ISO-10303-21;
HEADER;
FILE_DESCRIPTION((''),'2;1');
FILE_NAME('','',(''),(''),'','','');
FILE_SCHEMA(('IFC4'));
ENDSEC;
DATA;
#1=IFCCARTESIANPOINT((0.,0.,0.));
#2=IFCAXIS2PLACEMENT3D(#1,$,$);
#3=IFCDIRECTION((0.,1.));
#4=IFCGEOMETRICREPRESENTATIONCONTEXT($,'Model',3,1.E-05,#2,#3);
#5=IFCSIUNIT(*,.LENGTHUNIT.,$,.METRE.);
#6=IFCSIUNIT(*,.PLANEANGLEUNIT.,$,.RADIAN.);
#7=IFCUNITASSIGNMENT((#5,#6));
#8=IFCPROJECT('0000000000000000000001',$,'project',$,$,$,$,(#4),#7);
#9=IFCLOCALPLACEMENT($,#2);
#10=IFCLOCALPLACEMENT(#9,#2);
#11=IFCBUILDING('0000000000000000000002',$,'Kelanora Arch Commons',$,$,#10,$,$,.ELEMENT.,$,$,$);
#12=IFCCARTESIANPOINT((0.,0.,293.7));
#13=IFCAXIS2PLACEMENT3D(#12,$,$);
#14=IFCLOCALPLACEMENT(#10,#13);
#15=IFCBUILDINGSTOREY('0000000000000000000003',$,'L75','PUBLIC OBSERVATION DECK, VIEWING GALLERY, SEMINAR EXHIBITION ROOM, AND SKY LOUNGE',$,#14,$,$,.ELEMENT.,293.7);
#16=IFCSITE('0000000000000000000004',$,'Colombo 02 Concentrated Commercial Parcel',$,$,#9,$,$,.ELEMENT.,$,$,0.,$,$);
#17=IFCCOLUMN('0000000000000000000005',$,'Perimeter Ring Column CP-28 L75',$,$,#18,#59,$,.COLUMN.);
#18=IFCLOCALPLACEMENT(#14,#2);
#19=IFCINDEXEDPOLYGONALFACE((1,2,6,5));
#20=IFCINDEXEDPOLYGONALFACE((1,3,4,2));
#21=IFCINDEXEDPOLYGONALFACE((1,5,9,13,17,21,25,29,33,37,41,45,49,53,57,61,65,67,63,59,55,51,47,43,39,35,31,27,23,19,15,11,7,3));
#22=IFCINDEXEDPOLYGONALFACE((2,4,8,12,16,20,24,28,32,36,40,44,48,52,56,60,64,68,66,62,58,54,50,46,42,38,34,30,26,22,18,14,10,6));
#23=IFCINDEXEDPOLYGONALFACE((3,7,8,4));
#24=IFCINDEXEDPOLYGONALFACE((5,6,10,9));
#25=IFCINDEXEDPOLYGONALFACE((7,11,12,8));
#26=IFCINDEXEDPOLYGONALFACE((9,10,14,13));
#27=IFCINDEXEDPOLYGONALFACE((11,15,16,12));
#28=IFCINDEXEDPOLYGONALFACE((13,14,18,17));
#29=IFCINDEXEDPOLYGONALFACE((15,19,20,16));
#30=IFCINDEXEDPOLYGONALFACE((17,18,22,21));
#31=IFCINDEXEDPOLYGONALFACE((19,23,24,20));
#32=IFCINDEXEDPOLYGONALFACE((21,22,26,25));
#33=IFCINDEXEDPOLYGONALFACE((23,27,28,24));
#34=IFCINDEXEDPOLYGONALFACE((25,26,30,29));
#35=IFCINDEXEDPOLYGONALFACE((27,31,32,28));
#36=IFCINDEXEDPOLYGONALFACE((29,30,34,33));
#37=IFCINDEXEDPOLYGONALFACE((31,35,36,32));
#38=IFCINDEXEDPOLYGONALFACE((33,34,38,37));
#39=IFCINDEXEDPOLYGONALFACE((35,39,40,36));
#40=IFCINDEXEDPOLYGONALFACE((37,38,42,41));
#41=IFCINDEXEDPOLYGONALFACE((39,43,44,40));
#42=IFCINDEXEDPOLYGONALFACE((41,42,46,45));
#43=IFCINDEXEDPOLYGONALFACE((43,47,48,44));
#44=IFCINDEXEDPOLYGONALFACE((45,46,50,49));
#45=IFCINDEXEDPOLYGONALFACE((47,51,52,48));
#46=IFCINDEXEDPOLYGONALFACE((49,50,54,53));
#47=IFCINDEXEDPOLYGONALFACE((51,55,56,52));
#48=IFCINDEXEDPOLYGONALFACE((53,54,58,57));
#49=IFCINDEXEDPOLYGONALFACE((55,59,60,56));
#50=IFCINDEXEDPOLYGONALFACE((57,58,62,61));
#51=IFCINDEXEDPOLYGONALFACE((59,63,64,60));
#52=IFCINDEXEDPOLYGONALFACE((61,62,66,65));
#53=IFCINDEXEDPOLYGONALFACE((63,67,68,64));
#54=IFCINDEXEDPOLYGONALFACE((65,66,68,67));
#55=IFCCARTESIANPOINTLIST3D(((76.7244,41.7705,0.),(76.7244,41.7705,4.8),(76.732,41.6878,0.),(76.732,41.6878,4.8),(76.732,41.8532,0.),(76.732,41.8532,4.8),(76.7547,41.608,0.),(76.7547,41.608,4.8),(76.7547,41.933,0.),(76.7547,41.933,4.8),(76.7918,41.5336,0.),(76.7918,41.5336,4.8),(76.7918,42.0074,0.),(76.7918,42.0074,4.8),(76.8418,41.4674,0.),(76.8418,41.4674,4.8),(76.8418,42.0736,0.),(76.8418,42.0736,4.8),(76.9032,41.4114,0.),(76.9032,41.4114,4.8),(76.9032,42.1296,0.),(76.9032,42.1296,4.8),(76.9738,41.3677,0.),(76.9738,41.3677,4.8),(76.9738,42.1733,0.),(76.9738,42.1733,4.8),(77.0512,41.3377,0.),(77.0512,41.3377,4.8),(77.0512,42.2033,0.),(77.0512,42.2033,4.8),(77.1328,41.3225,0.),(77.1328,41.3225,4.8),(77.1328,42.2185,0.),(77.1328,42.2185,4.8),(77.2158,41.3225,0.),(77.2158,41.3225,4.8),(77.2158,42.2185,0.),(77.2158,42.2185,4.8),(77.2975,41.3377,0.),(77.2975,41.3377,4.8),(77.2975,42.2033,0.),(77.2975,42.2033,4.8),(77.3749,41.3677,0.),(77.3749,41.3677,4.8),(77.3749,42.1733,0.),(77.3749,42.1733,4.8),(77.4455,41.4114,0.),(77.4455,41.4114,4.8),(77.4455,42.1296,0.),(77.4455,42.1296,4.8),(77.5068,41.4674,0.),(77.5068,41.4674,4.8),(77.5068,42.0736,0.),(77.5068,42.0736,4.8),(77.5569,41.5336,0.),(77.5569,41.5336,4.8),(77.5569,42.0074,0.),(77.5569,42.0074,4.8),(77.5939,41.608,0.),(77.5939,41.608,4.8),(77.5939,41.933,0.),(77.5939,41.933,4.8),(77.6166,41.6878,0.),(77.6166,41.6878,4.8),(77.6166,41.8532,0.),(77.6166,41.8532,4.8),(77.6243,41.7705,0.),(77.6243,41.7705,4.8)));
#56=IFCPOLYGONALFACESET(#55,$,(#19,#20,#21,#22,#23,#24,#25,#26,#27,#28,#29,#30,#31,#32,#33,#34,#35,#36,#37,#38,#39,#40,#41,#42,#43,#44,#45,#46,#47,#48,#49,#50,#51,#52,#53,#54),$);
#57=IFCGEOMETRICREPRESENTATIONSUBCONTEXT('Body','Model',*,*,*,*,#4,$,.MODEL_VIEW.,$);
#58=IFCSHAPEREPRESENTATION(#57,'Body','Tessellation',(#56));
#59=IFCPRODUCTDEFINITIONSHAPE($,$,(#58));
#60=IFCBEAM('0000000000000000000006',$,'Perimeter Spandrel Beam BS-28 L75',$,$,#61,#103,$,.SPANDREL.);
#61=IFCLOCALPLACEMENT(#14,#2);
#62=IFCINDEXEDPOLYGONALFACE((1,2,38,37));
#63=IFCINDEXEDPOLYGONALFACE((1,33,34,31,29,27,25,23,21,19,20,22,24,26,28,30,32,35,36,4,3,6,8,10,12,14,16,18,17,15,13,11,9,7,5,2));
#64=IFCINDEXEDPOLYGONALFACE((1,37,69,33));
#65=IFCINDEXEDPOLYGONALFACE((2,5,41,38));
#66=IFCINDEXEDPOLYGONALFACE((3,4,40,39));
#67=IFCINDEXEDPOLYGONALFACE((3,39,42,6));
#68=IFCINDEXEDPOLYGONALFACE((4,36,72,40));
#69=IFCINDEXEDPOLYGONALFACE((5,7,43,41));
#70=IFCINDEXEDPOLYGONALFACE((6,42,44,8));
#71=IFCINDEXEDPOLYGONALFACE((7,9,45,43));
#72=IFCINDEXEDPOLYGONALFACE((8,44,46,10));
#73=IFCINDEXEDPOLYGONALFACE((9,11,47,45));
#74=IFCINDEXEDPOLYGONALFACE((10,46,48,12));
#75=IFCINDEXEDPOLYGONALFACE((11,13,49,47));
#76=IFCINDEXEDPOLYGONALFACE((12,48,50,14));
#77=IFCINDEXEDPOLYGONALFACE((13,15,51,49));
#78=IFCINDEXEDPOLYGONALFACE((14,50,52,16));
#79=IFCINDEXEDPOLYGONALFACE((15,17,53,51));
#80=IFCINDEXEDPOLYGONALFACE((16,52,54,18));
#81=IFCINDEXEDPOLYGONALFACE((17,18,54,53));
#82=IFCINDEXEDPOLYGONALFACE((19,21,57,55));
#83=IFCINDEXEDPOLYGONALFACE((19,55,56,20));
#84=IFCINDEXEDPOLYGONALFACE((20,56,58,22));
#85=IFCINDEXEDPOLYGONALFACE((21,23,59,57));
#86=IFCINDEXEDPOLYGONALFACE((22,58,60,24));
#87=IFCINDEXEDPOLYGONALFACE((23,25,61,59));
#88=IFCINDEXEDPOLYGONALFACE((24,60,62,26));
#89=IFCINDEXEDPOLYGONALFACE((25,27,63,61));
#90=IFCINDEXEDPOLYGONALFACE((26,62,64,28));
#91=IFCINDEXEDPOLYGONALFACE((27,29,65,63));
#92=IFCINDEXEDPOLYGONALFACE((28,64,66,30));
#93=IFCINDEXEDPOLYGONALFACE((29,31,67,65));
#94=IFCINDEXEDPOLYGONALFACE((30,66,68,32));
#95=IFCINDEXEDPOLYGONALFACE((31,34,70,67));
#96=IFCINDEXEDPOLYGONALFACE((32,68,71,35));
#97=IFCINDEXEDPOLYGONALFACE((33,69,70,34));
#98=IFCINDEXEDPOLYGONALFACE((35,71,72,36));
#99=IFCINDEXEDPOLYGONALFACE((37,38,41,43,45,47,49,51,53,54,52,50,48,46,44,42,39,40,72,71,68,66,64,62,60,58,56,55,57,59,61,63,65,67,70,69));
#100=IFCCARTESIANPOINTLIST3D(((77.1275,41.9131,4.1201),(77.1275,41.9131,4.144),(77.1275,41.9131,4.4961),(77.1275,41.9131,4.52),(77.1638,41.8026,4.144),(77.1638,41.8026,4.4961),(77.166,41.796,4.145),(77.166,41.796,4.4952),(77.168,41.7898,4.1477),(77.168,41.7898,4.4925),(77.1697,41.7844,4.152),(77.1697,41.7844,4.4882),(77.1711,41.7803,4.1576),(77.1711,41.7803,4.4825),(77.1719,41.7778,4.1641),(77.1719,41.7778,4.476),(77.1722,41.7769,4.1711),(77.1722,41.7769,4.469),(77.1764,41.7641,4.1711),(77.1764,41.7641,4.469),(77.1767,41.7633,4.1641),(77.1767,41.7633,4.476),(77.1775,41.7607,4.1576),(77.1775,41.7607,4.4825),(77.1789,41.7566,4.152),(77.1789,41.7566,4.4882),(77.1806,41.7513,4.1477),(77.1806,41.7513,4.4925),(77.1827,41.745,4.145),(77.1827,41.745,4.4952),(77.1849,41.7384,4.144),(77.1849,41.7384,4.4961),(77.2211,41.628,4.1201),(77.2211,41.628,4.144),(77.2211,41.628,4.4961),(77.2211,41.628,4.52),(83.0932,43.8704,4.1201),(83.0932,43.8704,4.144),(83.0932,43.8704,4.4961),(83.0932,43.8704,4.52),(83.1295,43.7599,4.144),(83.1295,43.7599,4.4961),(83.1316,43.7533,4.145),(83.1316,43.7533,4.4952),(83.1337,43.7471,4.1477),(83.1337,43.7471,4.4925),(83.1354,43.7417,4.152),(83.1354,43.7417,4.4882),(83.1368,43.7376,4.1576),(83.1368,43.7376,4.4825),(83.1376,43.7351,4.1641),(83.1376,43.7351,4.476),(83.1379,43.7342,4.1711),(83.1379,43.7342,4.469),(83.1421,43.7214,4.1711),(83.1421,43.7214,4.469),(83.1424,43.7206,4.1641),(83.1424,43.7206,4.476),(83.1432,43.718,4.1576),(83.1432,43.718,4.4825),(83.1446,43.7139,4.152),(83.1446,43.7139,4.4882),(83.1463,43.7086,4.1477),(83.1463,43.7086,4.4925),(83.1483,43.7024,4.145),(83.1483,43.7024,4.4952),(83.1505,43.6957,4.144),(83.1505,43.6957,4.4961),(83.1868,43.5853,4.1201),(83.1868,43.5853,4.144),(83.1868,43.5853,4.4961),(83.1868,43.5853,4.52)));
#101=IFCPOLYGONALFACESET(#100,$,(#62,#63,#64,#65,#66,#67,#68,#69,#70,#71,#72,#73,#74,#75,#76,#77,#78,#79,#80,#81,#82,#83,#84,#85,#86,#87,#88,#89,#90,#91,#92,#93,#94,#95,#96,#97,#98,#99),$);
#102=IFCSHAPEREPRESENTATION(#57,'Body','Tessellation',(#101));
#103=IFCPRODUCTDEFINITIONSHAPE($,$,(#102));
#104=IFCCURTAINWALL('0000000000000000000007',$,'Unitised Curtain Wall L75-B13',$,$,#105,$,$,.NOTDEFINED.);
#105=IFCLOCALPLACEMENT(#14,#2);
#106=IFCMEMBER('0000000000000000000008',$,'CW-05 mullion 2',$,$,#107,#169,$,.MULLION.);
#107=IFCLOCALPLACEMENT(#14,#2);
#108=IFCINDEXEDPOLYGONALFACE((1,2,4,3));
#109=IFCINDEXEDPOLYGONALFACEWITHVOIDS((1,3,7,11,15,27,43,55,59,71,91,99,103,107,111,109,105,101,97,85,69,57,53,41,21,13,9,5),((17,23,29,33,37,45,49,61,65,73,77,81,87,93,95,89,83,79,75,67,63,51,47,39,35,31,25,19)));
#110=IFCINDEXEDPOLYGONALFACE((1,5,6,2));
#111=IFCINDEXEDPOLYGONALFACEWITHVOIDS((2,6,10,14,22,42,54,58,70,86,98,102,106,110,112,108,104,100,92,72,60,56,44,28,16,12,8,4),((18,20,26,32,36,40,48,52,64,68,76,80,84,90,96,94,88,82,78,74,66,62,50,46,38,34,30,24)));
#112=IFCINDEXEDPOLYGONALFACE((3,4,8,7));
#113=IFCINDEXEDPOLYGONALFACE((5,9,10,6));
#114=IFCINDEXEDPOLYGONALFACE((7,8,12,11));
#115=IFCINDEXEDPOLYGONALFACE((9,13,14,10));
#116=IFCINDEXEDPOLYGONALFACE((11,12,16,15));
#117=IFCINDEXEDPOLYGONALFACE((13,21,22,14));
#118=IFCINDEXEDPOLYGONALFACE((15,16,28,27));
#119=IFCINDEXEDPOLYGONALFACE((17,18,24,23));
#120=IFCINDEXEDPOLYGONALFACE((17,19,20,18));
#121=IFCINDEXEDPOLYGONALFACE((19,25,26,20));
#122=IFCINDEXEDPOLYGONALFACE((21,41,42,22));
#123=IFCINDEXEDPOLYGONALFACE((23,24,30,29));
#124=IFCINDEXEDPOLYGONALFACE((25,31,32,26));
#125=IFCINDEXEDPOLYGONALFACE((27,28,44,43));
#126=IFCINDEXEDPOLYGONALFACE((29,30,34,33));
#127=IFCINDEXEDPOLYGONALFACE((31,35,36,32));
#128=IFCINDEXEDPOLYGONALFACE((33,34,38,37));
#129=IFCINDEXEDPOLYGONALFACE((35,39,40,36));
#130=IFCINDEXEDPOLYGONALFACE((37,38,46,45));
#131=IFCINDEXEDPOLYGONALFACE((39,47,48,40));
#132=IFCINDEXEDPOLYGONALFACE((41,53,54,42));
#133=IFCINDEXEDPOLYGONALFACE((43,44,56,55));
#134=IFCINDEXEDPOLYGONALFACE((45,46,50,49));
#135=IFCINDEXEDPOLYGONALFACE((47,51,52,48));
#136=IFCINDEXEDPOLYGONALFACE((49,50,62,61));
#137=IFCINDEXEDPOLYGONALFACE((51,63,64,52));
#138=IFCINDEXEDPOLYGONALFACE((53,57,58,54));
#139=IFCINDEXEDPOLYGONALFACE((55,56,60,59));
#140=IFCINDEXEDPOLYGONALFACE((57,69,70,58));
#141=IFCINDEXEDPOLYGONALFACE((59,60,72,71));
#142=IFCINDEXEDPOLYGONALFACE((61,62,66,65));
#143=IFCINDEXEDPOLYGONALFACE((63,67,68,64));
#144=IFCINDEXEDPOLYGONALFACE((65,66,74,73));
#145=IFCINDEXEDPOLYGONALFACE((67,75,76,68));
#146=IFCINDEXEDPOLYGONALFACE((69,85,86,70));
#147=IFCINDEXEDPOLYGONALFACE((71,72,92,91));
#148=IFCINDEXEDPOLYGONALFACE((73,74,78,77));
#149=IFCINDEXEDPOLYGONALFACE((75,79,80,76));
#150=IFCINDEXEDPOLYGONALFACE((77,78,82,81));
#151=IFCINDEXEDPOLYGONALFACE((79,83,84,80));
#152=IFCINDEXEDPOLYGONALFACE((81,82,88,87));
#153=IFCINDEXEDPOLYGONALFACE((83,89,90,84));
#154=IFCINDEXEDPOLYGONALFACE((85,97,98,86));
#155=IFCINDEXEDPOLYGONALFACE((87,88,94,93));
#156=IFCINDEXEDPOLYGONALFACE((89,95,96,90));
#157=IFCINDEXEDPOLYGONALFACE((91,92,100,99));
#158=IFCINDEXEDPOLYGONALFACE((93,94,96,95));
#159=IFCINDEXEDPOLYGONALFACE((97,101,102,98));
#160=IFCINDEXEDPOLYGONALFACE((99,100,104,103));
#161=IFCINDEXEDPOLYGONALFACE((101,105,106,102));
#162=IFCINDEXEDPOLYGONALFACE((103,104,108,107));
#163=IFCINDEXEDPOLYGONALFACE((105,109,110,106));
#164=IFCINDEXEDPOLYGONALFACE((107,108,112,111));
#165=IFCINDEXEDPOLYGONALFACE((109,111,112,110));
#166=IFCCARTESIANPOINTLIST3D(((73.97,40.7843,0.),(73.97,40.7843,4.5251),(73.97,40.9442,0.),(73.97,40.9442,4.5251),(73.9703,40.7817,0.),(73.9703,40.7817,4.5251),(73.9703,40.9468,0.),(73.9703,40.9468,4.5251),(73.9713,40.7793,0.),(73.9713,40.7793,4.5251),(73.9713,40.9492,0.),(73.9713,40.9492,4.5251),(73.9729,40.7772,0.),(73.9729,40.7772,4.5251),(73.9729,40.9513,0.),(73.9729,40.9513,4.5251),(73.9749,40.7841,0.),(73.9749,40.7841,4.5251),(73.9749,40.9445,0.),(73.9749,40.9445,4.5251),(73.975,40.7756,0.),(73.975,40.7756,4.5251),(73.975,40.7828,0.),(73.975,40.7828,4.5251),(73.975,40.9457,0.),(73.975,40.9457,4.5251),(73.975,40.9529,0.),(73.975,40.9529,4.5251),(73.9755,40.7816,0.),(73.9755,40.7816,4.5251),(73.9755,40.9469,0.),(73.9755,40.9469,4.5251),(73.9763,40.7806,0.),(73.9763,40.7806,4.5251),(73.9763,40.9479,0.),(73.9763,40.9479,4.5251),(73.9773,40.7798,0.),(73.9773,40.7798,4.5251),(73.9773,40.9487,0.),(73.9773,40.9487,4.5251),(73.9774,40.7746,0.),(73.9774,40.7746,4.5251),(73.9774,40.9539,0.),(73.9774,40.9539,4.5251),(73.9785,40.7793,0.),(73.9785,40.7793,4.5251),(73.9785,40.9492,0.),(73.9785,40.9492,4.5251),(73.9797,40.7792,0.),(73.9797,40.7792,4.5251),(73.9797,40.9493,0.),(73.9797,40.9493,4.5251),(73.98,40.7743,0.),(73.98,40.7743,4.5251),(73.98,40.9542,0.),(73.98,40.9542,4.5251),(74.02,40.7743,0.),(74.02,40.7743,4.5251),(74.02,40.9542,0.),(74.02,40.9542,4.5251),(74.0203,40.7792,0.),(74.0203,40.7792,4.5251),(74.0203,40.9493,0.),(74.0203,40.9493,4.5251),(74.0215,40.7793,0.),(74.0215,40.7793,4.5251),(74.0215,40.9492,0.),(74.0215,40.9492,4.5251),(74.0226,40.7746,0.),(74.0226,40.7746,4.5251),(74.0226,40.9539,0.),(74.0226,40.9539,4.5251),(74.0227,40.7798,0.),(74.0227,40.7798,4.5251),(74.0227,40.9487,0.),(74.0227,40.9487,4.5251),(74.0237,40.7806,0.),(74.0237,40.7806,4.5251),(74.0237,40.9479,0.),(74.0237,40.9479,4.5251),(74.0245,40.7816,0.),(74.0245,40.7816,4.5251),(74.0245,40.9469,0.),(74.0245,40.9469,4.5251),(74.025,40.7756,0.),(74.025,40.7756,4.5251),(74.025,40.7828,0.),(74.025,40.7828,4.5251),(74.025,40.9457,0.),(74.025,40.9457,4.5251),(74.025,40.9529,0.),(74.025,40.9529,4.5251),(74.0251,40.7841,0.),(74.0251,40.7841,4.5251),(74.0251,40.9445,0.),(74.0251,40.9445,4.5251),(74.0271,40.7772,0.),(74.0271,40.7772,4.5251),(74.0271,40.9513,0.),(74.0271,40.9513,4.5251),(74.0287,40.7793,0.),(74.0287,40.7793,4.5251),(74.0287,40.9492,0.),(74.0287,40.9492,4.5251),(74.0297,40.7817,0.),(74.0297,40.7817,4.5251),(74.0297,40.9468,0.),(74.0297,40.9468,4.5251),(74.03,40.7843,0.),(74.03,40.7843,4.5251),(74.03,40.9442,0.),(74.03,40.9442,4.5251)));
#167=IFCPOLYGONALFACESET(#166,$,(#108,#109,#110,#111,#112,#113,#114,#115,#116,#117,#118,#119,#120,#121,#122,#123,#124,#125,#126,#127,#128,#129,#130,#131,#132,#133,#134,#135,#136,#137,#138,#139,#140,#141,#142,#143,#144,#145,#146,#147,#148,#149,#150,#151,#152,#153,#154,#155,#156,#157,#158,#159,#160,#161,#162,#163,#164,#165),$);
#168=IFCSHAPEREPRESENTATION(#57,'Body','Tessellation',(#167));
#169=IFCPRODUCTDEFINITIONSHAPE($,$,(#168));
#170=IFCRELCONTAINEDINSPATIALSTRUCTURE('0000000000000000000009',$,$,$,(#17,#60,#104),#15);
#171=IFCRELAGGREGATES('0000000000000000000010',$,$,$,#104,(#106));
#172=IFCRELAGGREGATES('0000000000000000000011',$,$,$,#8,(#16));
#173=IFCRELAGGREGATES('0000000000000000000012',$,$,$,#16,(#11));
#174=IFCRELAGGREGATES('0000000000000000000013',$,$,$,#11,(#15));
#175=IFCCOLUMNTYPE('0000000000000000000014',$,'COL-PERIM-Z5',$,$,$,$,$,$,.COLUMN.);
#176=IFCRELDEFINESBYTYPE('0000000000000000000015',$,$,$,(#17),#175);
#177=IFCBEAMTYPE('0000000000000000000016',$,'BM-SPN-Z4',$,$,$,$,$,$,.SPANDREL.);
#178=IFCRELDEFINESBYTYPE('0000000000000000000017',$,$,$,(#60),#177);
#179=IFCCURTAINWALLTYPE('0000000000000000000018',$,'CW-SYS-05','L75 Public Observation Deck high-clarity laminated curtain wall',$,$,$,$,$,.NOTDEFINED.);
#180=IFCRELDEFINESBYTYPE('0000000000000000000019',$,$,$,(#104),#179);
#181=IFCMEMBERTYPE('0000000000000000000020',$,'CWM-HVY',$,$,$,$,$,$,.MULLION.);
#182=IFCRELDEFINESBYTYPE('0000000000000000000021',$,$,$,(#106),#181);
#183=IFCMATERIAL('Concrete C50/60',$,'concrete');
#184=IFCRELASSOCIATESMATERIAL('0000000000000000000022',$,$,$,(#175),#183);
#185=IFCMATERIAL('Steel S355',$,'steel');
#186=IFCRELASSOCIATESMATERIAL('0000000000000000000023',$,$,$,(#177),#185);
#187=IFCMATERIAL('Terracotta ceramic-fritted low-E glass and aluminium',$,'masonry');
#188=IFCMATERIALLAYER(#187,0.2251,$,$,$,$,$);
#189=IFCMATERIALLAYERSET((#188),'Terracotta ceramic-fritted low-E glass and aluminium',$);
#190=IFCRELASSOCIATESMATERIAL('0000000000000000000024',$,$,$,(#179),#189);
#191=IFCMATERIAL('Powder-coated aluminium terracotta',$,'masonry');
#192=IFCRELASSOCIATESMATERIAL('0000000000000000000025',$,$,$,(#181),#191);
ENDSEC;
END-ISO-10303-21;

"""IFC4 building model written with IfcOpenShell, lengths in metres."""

from ifc_helpers import new_model, si_unit, direction, frame, origin, origin_2d, place, context, subcontext, project, spatial, hollow_rectangle, circle, i_section, extrude, material, layer, layer_set, material_profile, profile_set, type_object, element, aggregate, save


model = new_model("IFC4")

# Units and contexts
model_context = context("Model", 3, precision=1e-05, world=origin(), true_north=direction((0.0, 1.0)))
body_context = subcontext(model_context, "Body", "Model", "MODEL_VIEW")
ifc_project = project(units=[si_unit("LENGTHUNIT", "METRE"), si_unit("PLANEANGLEUNIT", "RADIAN")], contexts=[model_context])

# Site, building, storey
site_placement = place(None, origin())
site = spatial("IfcSite", under=ifc_project, at=site_placement, Name="Colombo 02 Concentrated Commercial Parcel", CompositionType="ELEMENT", RefElevation=0.0)
building_placement = place(site_placement, origin())
building = spatial("IfcBuilding", under=site, at=building_placement, Name="Kelanora Arch Commons", CompositionType="ELEMENT")
storey_placement = place(building_placement, frame((0.0, 0.0, 293.7)))
storey = spatial("IfcBuildingStorey", under=building, at=storey_placement, Name="L75", Description="PUBLIC OBSERVATION DECK, VIEWING GALLERY, SEMINAR EXHIBITION ROOM, AND SKY LOUNGE", CompositionType="ELEMENT", Elevation=293.7)

# Column
ifc_material_1 = material(Name="Concrete C50/60", Category="concrete")
ifc_material_profile_1 = material_profile(ifc_material_1, circle(Radius=0.45, at=origin_2d()), Name="RCC900")
ifc_profile_set_1 = profile_set([ifc_material_profile_1], Name="Concrete C50/60")
column_type = type_object("IfcColumnType", Name="COL-PERIM-Z5", PredefinedType="COLUMN", material=ifc_profile_set_1)
column_placement = place(storey_placement, frame((77.1743, 41.7705, 0.0), z_axis=(0.0, 0.0, 1.0), x_axis=(1.0, 0.0, 0.0)))
element("IfcColumn", 1, at=column_placement, inside=storey, type_object=column_type, Name="Perimeter Ring Column CP-28 L75", PredefinedType="COLUMN", context=body_context, shape_type="SweptSolid", body=[
    extrude(circle(Radius=0.45, at=origin_2d()), origin(), (0.0, 0.0, 1.0), 4.8),
])

# Beam
ifc_material_2 = material(Name="Steel S355", Category="steel")
ifc_material_profile_2 = material_profile(ifc_material_2, i_section(OverallWidth=0.3, OverallDepth=0.3999, WebThickness=0.0134, FlangeThickness=0.0239, FilletRadius=0.0271, at=origin_2d()), Name="HEB400")
ifc_profile_set_2 = profile_set([ifc_material_profile_2], Name="Steel S355")
beam_type = type_object("IfcBeamType", Name="BM-SPN-Z4", PredefinedType="SPANDREL", material=ifc_profile_set_2)
beam_placement = place(storey_placement, frame((77.1743, 41.7705, 4.3201), z_axis=(0.950166, 0.311745, 0.0), x_axis=(-0.311745, 0.950166, 0.0)))
element("IfcBeam", 2, at=beam_placement, inside=storey, type_object=beam_type, Name="Perimeter Spandrel Beam BS-28 L75", PredefinedType="SPANDREL", context=body_context, shape_type="SweptSolid", body=[
    extrude(i_section(OverallWidth=0.3, OverallDepth=0.3999, WebThickness=0.0134, FlangeThickness=0.0239, FilletRadius=0.0271, at=origin_2d()), origin(), (0.0, 0.0, 1.0), 6.2786),
])

# Curtain wall, member
ifc_material_3 = material(Name="Terracotta ceramic-fritted low-E glass and aluminium", Category="masonry")
ifc_layer_1 = layer(ifc_material_3, 0.2251)
ifc_layer_set_1 = layer_set([ifc_layer_1], Name="Terracotta ceramic-fritted low-E glass and aluminium")
curtain_wall_type = type_object("IfcCurtainWallType", Name="CW-SYS-05", Description="L75 Public Observation Deck high-clarity laminated curtain wall", PredefinedType="NOTDEFINED", material=ifc_layer_set_1)
curtain_wall_1_placement = place(storey_placement, origin())
curtain_wall_1 = element("IfcCurtainWall", 3, at=curtain_wall_1_placement, inside=storey, type_object=curtain_wall_type, Name="Unitised Curtain Wall L75-B13", PredefinedType="NOTDEFINED")
ifc_material_4 = material(Name="Powder-coated aluminium terracotta", Category="masonry")
ifc_material_profile_3 = material_profile(ifc_material_4, hollow_rectangle(XDim=0.1799, YDim=0.0601, WallThickness=0.0049, InnerFilletRadius=0.0049, OuterFilletRadius=0.01, at=origin_2d()), Name="CWM180x60")
ifc_profile_set_3 = profile_set([ifc_material_profile_3], Name="Powder-coated aluminium terracotta")
member_type_1 = type_object("IfcMemberType", Name="CWM-HVY", PredefinedType="MULLION", material=ifc_profile_set_3)
member_1_placement = place(storey_placement, frame((74.0, 40.8643, 0.0), z_axis=(0.0, 0.0, 1.0), x_axis=(0.0, 1.0, 0.0)))
member_1 = element("IfcMember", 4, at=member_1_placement, type_object=member_type_1, Name="CW-05 mullion 2", PredefinedType="MULLION", context=body_context, shape_type="SweptSolid", body=[
    extrude(hollow_rectangle(XDim=0.1799, YDim=0.0601, WallThickness=0.0049, InnerFilletRadius=0.0049, OuterFilletRadius=0.01, at=origin_2d()), origin(), (0.0, 0.0, 1.0), 4.5251),
])

aggregate(curtain_wall_1, [member_1])

save(model, "model.ifc")
